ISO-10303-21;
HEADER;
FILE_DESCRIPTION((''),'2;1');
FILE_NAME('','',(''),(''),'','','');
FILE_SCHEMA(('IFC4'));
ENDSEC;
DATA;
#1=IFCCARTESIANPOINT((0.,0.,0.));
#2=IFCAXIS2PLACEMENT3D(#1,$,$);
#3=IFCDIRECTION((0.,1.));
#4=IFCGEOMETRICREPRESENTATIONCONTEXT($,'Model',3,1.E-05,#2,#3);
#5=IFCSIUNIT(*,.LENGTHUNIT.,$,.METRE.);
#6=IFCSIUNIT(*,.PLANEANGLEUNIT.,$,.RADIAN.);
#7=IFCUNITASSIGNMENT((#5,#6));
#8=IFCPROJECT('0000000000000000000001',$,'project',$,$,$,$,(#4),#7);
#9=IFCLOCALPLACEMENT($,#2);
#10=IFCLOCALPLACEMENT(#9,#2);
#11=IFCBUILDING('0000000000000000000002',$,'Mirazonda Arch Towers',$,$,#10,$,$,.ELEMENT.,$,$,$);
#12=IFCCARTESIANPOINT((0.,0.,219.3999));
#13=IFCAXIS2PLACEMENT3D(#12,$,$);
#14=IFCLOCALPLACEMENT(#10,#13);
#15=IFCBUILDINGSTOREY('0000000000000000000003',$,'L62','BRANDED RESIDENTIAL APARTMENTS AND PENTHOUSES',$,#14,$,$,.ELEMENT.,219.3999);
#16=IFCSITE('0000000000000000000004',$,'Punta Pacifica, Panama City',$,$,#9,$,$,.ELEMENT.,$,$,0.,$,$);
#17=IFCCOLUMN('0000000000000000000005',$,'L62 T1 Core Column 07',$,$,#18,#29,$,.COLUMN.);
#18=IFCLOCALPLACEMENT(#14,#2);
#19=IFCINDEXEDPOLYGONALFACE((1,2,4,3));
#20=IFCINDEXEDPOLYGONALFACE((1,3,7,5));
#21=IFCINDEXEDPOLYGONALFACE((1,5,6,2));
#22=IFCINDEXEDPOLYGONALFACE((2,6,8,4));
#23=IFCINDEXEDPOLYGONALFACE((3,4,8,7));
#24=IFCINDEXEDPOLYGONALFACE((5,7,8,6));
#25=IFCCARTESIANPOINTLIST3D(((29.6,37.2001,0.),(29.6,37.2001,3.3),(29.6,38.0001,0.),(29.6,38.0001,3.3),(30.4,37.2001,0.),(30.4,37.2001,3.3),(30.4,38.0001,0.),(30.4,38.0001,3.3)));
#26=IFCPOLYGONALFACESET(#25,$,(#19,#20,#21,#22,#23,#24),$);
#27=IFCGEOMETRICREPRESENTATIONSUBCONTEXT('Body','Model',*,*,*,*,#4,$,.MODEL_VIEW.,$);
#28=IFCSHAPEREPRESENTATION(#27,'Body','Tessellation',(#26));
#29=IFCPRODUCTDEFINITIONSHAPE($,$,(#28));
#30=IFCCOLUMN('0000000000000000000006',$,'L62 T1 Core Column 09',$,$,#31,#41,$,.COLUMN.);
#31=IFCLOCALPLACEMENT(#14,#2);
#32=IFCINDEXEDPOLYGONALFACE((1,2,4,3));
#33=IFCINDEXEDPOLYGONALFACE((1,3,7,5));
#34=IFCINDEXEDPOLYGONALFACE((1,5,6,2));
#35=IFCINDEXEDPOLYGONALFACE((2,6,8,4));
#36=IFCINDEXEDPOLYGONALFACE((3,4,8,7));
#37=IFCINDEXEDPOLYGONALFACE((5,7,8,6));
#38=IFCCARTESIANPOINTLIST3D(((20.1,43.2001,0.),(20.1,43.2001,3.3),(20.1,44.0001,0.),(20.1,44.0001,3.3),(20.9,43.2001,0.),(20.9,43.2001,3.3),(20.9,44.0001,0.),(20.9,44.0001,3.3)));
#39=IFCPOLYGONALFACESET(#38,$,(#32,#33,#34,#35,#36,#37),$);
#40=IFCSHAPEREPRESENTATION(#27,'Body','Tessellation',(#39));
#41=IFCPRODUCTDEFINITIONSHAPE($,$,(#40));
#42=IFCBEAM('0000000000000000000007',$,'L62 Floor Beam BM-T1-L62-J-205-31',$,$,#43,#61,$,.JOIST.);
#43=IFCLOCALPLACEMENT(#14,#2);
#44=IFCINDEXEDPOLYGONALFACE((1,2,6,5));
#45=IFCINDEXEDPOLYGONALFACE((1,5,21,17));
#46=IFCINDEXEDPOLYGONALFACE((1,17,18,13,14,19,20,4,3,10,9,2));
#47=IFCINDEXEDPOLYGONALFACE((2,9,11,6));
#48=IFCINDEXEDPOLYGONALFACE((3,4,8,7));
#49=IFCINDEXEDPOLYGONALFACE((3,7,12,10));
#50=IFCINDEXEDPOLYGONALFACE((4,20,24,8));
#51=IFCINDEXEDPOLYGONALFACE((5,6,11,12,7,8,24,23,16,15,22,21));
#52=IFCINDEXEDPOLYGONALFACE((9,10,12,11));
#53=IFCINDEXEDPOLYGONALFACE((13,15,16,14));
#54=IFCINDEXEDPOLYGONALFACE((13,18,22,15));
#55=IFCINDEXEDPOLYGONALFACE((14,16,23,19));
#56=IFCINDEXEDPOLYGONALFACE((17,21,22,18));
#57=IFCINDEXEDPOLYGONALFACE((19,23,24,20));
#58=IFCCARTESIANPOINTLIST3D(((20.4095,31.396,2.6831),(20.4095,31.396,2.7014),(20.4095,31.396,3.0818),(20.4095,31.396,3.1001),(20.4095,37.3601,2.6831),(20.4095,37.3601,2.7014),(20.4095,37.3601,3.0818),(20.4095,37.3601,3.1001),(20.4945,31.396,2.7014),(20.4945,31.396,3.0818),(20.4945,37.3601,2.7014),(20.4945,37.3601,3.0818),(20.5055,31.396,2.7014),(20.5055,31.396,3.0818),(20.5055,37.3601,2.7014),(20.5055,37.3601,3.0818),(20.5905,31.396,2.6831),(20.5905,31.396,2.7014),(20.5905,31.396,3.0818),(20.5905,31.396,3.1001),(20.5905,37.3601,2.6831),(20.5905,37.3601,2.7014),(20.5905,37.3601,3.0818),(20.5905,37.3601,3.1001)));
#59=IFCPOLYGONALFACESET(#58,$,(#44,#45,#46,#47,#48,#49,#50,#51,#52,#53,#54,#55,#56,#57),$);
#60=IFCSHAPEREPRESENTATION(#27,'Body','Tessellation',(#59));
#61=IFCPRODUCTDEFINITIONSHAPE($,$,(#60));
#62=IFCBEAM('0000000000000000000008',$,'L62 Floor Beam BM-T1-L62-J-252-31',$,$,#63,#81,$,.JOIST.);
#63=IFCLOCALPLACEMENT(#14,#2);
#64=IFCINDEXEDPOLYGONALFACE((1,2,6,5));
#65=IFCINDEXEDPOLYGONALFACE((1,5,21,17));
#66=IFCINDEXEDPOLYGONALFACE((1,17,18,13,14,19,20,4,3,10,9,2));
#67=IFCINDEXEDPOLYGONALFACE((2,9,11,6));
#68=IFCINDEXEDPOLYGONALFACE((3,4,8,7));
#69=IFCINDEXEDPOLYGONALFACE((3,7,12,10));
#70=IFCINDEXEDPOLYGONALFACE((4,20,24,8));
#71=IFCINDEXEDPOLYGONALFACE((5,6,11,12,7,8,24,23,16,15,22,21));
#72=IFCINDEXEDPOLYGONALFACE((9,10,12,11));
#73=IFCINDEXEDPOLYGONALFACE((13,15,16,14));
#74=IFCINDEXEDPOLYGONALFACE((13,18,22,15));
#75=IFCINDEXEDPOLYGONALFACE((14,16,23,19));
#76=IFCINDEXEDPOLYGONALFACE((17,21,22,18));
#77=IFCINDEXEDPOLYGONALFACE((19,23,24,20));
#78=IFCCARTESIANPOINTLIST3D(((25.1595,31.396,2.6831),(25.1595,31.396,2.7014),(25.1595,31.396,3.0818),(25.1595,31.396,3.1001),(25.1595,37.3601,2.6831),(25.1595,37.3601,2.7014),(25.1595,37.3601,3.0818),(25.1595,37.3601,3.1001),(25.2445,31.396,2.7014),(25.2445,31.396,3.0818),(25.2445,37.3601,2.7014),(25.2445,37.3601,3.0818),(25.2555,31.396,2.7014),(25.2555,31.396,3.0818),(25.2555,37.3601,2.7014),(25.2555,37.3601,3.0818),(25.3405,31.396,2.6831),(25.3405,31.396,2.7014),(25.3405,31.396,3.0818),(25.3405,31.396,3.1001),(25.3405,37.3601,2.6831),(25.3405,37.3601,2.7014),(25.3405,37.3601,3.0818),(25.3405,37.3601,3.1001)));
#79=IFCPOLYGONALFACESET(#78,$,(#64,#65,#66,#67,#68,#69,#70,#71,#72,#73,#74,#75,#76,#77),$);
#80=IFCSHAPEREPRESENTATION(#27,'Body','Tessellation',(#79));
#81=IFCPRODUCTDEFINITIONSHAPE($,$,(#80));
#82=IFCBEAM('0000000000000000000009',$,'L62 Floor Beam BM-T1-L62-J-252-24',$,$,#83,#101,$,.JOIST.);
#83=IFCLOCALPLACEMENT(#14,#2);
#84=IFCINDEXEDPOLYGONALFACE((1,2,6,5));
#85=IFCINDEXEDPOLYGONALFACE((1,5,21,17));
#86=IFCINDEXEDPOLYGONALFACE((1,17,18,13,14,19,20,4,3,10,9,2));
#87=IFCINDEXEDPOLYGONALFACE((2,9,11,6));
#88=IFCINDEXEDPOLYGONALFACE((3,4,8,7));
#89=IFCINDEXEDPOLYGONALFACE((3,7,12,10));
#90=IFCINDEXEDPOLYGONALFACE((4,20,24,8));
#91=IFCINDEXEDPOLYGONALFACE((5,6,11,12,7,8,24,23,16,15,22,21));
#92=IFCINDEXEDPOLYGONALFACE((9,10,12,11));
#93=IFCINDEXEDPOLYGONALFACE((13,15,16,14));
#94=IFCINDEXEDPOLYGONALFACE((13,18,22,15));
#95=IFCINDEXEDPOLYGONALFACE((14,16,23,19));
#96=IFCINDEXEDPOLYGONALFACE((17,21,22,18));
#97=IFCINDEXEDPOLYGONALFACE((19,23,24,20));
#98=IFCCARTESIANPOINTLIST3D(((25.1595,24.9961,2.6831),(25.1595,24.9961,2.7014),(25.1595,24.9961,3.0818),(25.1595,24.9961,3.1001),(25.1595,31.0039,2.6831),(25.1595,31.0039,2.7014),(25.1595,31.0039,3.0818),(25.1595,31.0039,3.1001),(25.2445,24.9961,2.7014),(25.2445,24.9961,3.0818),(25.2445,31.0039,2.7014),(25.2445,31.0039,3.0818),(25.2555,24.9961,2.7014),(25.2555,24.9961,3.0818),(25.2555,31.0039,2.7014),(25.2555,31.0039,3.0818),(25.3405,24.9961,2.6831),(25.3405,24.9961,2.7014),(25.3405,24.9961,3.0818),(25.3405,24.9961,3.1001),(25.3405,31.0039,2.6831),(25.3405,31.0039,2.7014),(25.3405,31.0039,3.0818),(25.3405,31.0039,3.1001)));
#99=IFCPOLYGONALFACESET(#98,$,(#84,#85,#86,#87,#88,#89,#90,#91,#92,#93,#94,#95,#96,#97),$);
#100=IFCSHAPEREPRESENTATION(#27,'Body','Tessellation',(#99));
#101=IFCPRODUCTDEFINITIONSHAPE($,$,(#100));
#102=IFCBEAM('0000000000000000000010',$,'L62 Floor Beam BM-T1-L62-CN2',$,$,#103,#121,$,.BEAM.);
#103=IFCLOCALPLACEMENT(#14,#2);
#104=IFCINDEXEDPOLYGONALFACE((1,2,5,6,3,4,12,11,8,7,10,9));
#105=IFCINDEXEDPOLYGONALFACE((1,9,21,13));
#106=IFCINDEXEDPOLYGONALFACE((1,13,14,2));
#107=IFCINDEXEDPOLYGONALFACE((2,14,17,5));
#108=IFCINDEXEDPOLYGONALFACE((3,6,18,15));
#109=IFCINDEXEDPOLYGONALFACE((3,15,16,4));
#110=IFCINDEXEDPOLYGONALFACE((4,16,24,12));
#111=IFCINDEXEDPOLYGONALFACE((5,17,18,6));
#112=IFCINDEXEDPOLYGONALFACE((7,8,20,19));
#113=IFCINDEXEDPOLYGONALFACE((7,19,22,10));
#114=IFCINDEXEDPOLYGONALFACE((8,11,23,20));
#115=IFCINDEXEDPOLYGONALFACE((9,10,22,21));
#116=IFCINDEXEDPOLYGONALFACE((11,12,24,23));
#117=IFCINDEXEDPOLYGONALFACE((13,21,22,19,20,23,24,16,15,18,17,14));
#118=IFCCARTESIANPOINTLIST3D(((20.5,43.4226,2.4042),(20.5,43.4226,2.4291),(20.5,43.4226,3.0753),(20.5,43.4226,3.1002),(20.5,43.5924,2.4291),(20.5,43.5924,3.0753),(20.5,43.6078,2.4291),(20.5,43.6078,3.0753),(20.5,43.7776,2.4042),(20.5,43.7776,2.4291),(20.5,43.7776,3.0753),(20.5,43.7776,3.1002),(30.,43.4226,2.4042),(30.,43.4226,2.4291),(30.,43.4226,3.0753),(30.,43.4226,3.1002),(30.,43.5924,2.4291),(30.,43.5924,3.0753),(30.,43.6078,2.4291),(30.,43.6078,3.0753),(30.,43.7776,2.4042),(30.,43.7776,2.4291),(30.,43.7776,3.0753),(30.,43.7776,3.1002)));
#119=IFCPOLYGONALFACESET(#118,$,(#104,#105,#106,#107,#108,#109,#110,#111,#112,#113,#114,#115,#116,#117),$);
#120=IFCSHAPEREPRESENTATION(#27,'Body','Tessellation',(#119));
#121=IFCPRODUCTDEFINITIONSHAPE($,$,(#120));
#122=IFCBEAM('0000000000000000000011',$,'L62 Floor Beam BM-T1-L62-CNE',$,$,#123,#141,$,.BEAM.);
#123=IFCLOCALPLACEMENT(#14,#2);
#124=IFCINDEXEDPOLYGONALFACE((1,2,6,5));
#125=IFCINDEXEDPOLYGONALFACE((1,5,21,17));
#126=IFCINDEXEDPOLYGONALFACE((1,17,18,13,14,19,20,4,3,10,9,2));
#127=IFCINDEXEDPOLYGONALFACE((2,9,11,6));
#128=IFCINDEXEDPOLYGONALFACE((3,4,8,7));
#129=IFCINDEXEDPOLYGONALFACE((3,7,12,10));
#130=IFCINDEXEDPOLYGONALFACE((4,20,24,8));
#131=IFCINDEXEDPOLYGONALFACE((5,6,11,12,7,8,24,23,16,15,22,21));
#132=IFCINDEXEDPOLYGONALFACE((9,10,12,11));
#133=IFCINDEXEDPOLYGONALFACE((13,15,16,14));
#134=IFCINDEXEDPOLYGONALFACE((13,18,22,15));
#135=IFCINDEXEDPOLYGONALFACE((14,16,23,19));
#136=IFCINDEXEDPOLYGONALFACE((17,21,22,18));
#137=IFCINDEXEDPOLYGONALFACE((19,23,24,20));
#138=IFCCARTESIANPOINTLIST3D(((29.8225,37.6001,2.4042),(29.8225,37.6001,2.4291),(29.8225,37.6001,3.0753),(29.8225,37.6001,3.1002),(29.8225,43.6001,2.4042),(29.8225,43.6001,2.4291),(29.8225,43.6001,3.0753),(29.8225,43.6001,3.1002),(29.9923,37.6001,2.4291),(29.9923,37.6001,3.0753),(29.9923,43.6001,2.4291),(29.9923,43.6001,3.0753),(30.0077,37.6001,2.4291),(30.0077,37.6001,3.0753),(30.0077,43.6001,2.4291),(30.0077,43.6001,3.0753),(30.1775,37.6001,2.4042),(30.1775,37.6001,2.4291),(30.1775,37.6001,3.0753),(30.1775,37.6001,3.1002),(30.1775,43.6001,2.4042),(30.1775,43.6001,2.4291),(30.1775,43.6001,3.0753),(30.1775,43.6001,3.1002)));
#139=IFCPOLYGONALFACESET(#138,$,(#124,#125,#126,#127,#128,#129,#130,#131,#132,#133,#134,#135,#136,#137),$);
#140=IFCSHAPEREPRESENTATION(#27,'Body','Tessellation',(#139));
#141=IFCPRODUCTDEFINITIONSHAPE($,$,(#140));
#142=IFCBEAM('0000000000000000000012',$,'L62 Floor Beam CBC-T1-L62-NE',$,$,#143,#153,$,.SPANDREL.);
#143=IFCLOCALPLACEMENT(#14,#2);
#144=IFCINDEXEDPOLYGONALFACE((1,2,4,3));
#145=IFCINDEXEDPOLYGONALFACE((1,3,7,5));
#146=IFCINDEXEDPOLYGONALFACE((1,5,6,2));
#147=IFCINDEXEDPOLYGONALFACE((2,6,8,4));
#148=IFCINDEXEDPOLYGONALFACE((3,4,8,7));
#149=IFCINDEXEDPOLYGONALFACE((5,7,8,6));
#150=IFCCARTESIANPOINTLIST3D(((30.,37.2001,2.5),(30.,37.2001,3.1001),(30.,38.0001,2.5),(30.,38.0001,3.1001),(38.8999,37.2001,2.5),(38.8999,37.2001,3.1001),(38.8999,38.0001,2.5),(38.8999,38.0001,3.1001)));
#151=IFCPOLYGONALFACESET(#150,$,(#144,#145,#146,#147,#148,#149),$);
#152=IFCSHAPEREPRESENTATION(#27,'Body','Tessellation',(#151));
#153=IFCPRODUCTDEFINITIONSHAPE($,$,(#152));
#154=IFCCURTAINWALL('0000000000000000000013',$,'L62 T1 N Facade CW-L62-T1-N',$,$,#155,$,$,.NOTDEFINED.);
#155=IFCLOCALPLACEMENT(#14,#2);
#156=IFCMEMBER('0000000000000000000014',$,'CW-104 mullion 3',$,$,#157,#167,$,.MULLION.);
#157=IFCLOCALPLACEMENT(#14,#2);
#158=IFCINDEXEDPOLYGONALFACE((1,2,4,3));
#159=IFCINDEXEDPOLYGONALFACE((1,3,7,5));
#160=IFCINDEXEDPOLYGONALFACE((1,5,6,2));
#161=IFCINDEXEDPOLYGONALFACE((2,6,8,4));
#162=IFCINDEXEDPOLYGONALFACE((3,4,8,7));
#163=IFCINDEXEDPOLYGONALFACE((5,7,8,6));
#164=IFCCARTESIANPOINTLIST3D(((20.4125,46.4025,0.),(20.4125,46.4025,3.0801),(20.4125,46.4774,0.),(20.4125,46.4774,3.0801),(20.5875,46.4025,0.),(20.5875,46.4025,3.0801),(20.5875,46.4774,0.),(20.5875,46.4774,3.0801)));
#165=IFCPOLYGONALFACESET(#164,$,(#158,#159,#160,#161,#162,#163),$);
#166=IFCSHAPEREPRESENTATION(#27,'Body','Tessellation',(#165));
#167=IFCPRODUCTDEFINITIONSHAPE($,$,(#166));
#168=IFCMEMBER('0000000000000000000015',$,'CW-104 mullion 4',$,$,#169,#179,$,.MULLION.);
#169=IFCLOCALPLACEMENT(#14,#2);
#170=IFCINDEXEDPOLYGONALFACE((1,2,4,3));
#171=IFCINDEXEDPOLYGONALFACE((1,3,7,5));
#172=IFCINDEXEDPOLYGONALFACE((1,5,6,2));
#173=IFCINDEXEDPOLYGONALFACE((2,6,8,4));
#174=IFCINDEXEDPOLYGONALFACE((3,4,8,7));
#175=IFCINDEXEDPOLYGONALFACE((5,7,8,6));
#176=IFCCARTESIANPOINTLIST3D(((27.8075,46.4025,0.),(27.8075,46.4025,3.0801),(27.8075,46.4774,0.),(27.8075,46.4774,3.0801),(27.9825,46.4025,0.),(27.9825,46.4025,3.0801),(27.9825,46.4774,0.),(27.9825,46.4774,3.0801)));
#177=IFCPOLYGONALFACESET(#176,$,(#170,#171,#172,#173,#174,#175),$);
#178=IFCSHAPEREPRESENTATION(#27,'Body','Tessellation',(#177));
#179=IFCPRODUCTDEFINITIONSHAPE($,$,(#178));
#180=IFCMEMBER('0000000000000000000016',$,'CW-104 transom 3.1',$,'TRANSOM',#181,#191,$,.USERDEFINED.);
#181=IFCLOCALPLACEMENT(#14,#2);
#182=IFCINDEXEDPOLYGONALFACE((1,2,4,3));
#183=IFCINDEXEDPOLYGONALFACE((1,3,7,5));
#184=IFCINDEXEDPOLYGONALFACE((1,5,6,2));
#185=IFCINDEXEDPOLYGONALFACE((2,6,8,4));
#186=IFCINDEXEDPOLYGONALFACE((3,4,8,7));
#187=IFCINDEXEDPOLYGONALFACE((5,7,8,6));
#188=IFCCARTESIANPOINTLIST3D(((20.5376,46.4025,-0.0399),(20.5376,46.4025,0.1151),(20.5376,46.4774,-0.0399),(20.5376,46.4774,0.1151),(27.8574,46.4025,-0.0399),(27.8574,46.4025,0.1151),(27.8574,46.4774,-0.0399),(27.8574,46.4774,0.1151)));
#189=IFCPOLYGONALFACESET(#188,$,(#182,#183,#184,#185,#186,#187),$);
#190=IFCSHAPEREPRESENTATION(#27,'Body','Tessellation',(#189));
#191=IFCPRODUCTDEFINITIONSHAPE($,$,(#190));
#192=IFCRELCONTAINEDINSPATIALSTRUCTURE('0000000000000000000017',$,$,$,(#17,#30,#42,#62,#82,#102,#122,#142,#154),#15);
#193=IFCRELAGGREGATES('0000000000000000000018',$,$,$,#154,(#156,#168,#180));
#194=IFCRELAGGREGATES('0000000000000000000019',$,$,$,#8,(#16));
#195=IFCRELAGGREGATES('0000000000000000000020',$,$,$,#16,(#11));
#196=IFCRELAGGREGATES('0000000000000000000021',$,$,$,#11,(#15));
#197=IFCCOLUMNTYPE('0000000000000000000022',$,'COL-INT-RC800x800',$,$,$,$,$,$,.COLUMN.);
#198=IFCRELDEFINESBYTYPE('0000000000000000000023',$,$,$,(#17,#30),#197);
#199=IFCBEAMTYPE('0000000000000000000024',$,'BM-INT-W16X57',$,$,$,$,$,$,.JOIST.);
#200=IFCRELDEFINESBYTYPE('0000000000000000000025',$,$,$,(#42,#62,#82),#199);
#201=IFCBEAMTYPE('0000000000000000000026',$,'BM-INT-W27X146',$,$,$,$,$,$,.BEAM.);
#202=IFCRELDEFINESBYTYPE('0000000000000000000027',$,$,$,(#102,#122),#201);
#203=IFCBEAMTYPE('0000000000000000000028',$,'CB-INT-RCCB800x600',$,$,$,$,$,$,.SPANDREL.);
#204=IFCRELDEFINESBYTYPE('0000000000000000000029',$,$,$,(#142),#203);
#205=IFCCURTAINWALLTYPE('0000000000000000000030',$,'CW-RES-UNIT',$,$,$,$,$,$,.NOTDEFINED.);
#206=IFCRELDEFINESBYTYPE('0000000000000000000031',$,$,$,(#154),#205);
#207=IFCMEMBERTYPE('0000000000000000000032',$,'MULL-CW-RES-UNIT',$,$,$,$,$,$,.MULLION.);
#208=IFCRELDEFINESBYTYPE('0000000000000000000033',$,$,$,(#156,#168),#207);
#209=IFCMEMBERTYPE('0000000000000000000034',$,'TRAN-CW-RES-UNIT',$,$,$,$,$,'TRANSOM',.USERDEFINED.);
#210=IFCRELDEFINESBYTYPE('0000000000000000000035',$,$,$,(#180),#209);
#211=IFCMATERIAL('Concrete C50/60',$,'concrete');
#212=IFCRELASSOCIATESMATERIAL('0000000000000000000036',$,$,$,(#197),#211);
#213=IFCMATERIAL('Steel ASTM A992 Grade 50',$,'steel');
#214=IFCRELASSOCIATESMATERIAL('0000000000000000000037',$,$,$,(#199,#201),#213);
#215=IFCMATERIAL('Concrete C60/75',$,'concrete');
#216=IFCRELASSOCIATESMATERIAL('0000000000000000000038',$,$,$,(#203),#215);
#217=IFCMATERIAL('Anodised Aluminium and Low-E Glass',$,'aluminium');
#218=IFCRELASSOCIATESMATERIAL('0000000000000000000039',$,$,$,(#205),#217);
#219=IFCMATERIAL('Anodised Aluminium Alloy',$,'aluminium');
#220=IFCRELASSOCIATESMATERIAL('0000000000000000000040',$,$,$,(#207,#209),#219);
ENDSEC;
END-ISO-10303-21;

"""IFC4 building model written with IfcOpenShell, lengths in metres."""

from ifc_helpers import new_model, si_unit, direction, frame, origin, origin_2d, place, context, subcontext, project, spatial, rectangle, i_section, extrude, material, material_profile, profile_set, type_object, element, aggregate, save


model = new_model("IFC4")

# Units and contexts
model_context = context("Model", 3, precision=1e-05, world=origin(), true_north=direction((0.0, 1.0)))
body_context = subcontext(model_context, "Body", "Model", "MODEL_VIEW")
ifc_project = project(units=[si_unit("LENGTHUNIT", "METRE"), si_unit("PLANEANGLEUNIT", "RADIAN")], contexts=[model_context])

# Site, building, storey
site_placement = place(None, origin())
site = spatial("IfcSite", under=ifc_project, at=site_placement, Name="Punta Pacifica, Panama City", CompositionType="ELEMENT", RefElevation=0.0)
building_placement = place(site_placement, origin())
building = spatial("IfcBuilding", under=site, at=building_placement, Name="Mirazonda Arch Towers", CompositionType="ELEMENT")
storey_placement = place(building_placement, frame((0.0, 0.0, 219.3999)))
storey = spatial("IfcBuildingStorey", under=building, at=storey_placement, Name="L62", Description="BRANDED RESIDENTIAL APARTMENTS AND PENTHOUSES", CompositionType="ELEMENT", Elevation=219.3999)

# Columns
ifc_material_1 = material(Name="Concrete C50/60", Category="concrete")
ifc_material_profile_1 = material_profile(ifc_material_1, rectangle(XDim=0.8, YDim=0.8, at=origin_2d()), Name="RC800x800")
ifc_profile_set_1 = profile_set([ifc_material_profile_1], Name="Concrete C50/60")
column_type = type_object("IfcColumnType", Name="COL-INT-RC800x800", PredefinedType="COLUMN", material=ifc_profile_set_1)
for number, where, z_axis, x_axis, name in (
    (1, (30.0, 37.6001, 0.0), (0.0, 0.0, 1.0), (1.0, 0.0, 0.0), "L62 T1 Core Column 07"),
    (2, (20.5, 43.6001, 0.0), (0.0, 0.0, 1.0), (1.0, 0.0, 0.0), "L62 T1 Core Column 09"),
):
    element("IfcColumn", number, at=place(storey_placement, frame(where, z_axis=z_axis, x_axis=x_axis)), inside=storey, type_object=column_type, Name=name, PredefinedType="COLUMN", context=body_context, shape_type="SweptSolid", body=[
        extrude(rectangle(XDim=0.8, YDim=0.8, at=origin_2d()), origin(), (0.0, 0.0, 1.0), 3.3),
    ])

# Beams
ifc_material_2 = material(Name="Steel ASTM A992 Grade 50", Category="steel")
ifc_material_profile_2 = material_profile(ifc_material_2, i_section(OverallWidth=0.1809, OverallDepth=0.417, WebThickness=0.011, FlangeThickness=0.0183, at=origin_2d()), Name="W16X57")
ifc_profile_set_2 = profile_set([ifc_material_profile_2], Name="Steel ASTM A992 Grade 50")
beam_type_1 = type_object("IfcBeamType", Name="BM-INT-W16X57", PredefinedType="JOIST", material=ifc_profile_set_2)
for number, where, z_axis, x_axis, name in (
    (3, (20.5, 31.396, 2.8916), (0.0, 1.0, 0.0), (-1.0, 0.0, 0.0), "L62 Floor Beam BM-T1-L62-J-205-31"),
    (4, (25.25, 31.396, 2.8916), (0.0, 1.0, 0.0), (-1.0, 0.0, 0.0), "L62 Floor Beam BM-T1-L62-J-252-31"),
):
    element("IfcBeam", number, at=place(storey_placement, frame(where, z_axis=z_axis, x_axis=x_axis)), inside=storey, type_object=beam_type_1, Name=name, PredefinedType="JOIST", context=body_context, shape_type="SweptSolid", body=[
        extrude(i_section(OverallWidth=0.1809, OverallDepth=0.417, WebThickness=0.011, FlangeThickness=0.0183, at=origin_2d()), origin(), (0.0, 0.0, 1.0), 5.9641),
    ])
beam_1_placement = place(storey_placement, frame((25.25, 24.9961, 2.8916), z_axis=(0.0, 1.0, 0.0), x_axis=(-1.0, 0.0, 0.0)))
element("IfcBeam", 5, at=beam_1_placement, inside=storey, type_object=beam_type_1, Name="L62 Floor Beam BM-T1-L62-J-252-24", PredefinedType="JOIST", context=body_context, shape_type="SweptSolid", body=[
    extrude(i_section(OverallWidth=0.1809, OverallDepth=0.417, WebThickness=0.011, FlangeThickness=0.0183, at=origin_2d()), origin(), (0.0, 0.0, 1.0), 6.0078),
])
ifc_material_profile_3 = material_profile(ifc_material_2, i_section(OverallWidth=0.355, OverallDepth=0.696, WebThickness=0.0154, FlangeThickness=0.0249, at=origin_2d()), Name="W27X146")
ifc_profile_set_3 = profile_set([ifc_material_profile_3], Name="Steel ASTM A992 Grade 50")
beam_type_2 = type_object("IfcBeamType", Name="BM-INT-W27X146", PredefinedType="BEAM", material=ifc_profile_set_3)
beam_2_placement = place(storey_placement, frame((20.5, 43.6001, 2.7522), z_axis=(1.0, 0.0, 0.0), x_axis=(0.0, 1.0, 0.0)))
element("IfcBeam", 6, at=beam_2_placement, inside=storey, type_object=beam_type_2, Name="L62 Floor Beam BM-T1-L62-CN2", PredefinedType="BEAM", context=body_context, shape_type="SweptSolid", body=[
    extrude(i_section(OverallWidth=0.355, OverallDepth=0.696, WebThickness=0.0154, FlangeThickness=0.0249, at=origin_2d()), origin(), (0.0, 0.0, 1.0), 9.5),
])
beam_3_placement = place(storey_placement, frame((30.0, 37.6001, 2.7522), z_axis=(0.0, 1.0, 0.0), x_axis=(-1.0, 0.0, 0.0)))
element("IfcBeam", 7, at=beam_3_placement, inside=storey, type_object=beam_type_2, Name="L62 Floor Beam BM-T1-L62-CNE", PredefinedType="BEAM", context=body_context, shape_type="SweptSolid", body=[
    extrude(i_section(OverallWidth=0.355, OverallDepth=0.696, WebThickness=0.0154, FlangeThickness=0.0249, at=origin_2d()), origin(), (0.0, 0.0, 1.0), 6.0),
])
ifc_material_3 = material(Name="Concrete C60/75", Category="concrete")
ifc_material_profile_4 = material_profile(ifc_material_3, rectangle(XDim=0.8, YDim=0.6001, at=origin_2d()), Name="RCCB800x600")
ifc_profile_set_4 = profile_set([ifc_material_profile_4], Name="Concrete C60/75")
beam_type_3 = type_object("IfcBeamType", Name="CB-INT-RCCB800x600", PredefinedType="SPANDREL", material=ifc_profile_set_4)
beam_4_placement = place(storey_placement, frame((30.0, 37.6001, 2.8), z_axis=(1.0, 0.0, 0.0), x_axis=(0.0, 1.0, 0.0)))
element("IfcBeam", 8, at=beam_4_placement, inside=storey, type_object=beam_type_3, Name="L62 Floor Beam CBC-T1-L62-NE", PredefinedType="SPANDREL", context=body_context, shape_type="SweptSolid", body=[
    extrude(rectangle(XDim=0.8, YDim=0.6001, at=origin_2d()), origin(), (0.0, 0.0, 1.0), 8.8999),
])

# Curtain wall, members
ifc_material_4 = material(Name="Anodised Aluminium and Low-E Glass", Category="aluminium")
curtain_wall_type = type_object("IfcCurtainWallType", Name="CW-RES-UNIT", PredefinedType="NOTDEFINED", material=ifc_material_4)
curtain_wall_placement = place(storey_placement, origin())
curtain_wall = element("IfcCurtainWall", 9, at=curtain_wall_placement, inside=storey, type_object=curtain_wall_type, Name="L62 T1 N Facade CW-L62-T1-N", PredefinedType="NOTDEFINED")
ifc_material_5 = material(Name="Anodised Aluminium Alloy", Category="aluminium")
ifc_material_profile_5 = material_profile(ifc_material_5, rectangle(XDim=0.075, YDim=0.175, at=origin_2d()), Name="ALU-MULL-75x175")
ifc_profile_set_5 = profile_set([ifc_material_profile_5], Name="Anodised Aluminium Alloy")
member_type_1 = type_object("IfcMemberType", Name="MULL-CW-RES-UNIT", PredefinedType="MULLION", material=ifc_profile_set_5)
member_1_placement = place(storey_placement, frame((20.5, 46.4399, 0.0), z_axis=(0.0, 0.0, 1.0), x_axis=(0.0, 1.0, 0.0)))
member_1 = element("IfcMember", 10, at=member_1_placement, type_object=member_type_1, Name="CW-104 mullion 3", PredefinedType="MULLION", context=body_context, shape_type="SweptSolid", body=[
    extrude(rectangle(XDim=0.075, YDim=0.175, at=origin_2d()), origin(), (0.0, 0.0, 1.0), 3.0801),
])
member_2_placement = place(storey_placement, frame((27.895, 46.4399, 0.0), z_axis=(0.0, 0.0, 1.0), x_axis=(0.0, 1.0, 0.0)))
member_2 = element("IfcMember", 11, at=member_2_placement, type_object=member_type_1, Name="CW-104 mullion 4", PredefinedType="MULLION", context=body_context, shape_type="SweptSolid", body=[
    extrude(rectangle(XDim=0.075, YDim=0.175, at=origin_2d()), origin(), (0.0, 0.0, 1.0), 3.0801),
])
ifc_material_profile_6 = material_profile(ifc_material_5, rectangle(XDim=0.075, YDim=0.155, at=origin_2d()), Name="ALU-TRAN-75x155")
ifc_profile_set_6 = profile_set([ifc_material_profile_6], Name="Anodised Aluminium Alloy")
member_type_2 = type_object("IfcMemberType", Name="TRAN-CW-RES-UNIT", ElementType="TRANSOM", PredefinedType="USERDEFINED", material=ifc_profile_set_6)
member_3_placement = place(storey_placement, frame((20.5376, 46.4399, 0.0376), z_axis=(1.0, 0.0, 0.0), x_axis=(0.0, 1.0, 0.0)))
member_3 = element("IfcMember", 12, at=member_3_placement, type_object=member_type_2, Name="CW-104 transom 3.1", ObjectType="TRANSOM", PredefinedType="USERDEFINED", context=body_context, shape_type="SweptSolid", body=[
    extrude(rectangle(XDim=0.075, YDim=0.155, at=origin_2d()), origin(), (0.0, 0.0, 1.0), 7.3198),
])
aggregate(curtain_wall, [member_1, member_2, member_3])

save(model, "model.ifc")
